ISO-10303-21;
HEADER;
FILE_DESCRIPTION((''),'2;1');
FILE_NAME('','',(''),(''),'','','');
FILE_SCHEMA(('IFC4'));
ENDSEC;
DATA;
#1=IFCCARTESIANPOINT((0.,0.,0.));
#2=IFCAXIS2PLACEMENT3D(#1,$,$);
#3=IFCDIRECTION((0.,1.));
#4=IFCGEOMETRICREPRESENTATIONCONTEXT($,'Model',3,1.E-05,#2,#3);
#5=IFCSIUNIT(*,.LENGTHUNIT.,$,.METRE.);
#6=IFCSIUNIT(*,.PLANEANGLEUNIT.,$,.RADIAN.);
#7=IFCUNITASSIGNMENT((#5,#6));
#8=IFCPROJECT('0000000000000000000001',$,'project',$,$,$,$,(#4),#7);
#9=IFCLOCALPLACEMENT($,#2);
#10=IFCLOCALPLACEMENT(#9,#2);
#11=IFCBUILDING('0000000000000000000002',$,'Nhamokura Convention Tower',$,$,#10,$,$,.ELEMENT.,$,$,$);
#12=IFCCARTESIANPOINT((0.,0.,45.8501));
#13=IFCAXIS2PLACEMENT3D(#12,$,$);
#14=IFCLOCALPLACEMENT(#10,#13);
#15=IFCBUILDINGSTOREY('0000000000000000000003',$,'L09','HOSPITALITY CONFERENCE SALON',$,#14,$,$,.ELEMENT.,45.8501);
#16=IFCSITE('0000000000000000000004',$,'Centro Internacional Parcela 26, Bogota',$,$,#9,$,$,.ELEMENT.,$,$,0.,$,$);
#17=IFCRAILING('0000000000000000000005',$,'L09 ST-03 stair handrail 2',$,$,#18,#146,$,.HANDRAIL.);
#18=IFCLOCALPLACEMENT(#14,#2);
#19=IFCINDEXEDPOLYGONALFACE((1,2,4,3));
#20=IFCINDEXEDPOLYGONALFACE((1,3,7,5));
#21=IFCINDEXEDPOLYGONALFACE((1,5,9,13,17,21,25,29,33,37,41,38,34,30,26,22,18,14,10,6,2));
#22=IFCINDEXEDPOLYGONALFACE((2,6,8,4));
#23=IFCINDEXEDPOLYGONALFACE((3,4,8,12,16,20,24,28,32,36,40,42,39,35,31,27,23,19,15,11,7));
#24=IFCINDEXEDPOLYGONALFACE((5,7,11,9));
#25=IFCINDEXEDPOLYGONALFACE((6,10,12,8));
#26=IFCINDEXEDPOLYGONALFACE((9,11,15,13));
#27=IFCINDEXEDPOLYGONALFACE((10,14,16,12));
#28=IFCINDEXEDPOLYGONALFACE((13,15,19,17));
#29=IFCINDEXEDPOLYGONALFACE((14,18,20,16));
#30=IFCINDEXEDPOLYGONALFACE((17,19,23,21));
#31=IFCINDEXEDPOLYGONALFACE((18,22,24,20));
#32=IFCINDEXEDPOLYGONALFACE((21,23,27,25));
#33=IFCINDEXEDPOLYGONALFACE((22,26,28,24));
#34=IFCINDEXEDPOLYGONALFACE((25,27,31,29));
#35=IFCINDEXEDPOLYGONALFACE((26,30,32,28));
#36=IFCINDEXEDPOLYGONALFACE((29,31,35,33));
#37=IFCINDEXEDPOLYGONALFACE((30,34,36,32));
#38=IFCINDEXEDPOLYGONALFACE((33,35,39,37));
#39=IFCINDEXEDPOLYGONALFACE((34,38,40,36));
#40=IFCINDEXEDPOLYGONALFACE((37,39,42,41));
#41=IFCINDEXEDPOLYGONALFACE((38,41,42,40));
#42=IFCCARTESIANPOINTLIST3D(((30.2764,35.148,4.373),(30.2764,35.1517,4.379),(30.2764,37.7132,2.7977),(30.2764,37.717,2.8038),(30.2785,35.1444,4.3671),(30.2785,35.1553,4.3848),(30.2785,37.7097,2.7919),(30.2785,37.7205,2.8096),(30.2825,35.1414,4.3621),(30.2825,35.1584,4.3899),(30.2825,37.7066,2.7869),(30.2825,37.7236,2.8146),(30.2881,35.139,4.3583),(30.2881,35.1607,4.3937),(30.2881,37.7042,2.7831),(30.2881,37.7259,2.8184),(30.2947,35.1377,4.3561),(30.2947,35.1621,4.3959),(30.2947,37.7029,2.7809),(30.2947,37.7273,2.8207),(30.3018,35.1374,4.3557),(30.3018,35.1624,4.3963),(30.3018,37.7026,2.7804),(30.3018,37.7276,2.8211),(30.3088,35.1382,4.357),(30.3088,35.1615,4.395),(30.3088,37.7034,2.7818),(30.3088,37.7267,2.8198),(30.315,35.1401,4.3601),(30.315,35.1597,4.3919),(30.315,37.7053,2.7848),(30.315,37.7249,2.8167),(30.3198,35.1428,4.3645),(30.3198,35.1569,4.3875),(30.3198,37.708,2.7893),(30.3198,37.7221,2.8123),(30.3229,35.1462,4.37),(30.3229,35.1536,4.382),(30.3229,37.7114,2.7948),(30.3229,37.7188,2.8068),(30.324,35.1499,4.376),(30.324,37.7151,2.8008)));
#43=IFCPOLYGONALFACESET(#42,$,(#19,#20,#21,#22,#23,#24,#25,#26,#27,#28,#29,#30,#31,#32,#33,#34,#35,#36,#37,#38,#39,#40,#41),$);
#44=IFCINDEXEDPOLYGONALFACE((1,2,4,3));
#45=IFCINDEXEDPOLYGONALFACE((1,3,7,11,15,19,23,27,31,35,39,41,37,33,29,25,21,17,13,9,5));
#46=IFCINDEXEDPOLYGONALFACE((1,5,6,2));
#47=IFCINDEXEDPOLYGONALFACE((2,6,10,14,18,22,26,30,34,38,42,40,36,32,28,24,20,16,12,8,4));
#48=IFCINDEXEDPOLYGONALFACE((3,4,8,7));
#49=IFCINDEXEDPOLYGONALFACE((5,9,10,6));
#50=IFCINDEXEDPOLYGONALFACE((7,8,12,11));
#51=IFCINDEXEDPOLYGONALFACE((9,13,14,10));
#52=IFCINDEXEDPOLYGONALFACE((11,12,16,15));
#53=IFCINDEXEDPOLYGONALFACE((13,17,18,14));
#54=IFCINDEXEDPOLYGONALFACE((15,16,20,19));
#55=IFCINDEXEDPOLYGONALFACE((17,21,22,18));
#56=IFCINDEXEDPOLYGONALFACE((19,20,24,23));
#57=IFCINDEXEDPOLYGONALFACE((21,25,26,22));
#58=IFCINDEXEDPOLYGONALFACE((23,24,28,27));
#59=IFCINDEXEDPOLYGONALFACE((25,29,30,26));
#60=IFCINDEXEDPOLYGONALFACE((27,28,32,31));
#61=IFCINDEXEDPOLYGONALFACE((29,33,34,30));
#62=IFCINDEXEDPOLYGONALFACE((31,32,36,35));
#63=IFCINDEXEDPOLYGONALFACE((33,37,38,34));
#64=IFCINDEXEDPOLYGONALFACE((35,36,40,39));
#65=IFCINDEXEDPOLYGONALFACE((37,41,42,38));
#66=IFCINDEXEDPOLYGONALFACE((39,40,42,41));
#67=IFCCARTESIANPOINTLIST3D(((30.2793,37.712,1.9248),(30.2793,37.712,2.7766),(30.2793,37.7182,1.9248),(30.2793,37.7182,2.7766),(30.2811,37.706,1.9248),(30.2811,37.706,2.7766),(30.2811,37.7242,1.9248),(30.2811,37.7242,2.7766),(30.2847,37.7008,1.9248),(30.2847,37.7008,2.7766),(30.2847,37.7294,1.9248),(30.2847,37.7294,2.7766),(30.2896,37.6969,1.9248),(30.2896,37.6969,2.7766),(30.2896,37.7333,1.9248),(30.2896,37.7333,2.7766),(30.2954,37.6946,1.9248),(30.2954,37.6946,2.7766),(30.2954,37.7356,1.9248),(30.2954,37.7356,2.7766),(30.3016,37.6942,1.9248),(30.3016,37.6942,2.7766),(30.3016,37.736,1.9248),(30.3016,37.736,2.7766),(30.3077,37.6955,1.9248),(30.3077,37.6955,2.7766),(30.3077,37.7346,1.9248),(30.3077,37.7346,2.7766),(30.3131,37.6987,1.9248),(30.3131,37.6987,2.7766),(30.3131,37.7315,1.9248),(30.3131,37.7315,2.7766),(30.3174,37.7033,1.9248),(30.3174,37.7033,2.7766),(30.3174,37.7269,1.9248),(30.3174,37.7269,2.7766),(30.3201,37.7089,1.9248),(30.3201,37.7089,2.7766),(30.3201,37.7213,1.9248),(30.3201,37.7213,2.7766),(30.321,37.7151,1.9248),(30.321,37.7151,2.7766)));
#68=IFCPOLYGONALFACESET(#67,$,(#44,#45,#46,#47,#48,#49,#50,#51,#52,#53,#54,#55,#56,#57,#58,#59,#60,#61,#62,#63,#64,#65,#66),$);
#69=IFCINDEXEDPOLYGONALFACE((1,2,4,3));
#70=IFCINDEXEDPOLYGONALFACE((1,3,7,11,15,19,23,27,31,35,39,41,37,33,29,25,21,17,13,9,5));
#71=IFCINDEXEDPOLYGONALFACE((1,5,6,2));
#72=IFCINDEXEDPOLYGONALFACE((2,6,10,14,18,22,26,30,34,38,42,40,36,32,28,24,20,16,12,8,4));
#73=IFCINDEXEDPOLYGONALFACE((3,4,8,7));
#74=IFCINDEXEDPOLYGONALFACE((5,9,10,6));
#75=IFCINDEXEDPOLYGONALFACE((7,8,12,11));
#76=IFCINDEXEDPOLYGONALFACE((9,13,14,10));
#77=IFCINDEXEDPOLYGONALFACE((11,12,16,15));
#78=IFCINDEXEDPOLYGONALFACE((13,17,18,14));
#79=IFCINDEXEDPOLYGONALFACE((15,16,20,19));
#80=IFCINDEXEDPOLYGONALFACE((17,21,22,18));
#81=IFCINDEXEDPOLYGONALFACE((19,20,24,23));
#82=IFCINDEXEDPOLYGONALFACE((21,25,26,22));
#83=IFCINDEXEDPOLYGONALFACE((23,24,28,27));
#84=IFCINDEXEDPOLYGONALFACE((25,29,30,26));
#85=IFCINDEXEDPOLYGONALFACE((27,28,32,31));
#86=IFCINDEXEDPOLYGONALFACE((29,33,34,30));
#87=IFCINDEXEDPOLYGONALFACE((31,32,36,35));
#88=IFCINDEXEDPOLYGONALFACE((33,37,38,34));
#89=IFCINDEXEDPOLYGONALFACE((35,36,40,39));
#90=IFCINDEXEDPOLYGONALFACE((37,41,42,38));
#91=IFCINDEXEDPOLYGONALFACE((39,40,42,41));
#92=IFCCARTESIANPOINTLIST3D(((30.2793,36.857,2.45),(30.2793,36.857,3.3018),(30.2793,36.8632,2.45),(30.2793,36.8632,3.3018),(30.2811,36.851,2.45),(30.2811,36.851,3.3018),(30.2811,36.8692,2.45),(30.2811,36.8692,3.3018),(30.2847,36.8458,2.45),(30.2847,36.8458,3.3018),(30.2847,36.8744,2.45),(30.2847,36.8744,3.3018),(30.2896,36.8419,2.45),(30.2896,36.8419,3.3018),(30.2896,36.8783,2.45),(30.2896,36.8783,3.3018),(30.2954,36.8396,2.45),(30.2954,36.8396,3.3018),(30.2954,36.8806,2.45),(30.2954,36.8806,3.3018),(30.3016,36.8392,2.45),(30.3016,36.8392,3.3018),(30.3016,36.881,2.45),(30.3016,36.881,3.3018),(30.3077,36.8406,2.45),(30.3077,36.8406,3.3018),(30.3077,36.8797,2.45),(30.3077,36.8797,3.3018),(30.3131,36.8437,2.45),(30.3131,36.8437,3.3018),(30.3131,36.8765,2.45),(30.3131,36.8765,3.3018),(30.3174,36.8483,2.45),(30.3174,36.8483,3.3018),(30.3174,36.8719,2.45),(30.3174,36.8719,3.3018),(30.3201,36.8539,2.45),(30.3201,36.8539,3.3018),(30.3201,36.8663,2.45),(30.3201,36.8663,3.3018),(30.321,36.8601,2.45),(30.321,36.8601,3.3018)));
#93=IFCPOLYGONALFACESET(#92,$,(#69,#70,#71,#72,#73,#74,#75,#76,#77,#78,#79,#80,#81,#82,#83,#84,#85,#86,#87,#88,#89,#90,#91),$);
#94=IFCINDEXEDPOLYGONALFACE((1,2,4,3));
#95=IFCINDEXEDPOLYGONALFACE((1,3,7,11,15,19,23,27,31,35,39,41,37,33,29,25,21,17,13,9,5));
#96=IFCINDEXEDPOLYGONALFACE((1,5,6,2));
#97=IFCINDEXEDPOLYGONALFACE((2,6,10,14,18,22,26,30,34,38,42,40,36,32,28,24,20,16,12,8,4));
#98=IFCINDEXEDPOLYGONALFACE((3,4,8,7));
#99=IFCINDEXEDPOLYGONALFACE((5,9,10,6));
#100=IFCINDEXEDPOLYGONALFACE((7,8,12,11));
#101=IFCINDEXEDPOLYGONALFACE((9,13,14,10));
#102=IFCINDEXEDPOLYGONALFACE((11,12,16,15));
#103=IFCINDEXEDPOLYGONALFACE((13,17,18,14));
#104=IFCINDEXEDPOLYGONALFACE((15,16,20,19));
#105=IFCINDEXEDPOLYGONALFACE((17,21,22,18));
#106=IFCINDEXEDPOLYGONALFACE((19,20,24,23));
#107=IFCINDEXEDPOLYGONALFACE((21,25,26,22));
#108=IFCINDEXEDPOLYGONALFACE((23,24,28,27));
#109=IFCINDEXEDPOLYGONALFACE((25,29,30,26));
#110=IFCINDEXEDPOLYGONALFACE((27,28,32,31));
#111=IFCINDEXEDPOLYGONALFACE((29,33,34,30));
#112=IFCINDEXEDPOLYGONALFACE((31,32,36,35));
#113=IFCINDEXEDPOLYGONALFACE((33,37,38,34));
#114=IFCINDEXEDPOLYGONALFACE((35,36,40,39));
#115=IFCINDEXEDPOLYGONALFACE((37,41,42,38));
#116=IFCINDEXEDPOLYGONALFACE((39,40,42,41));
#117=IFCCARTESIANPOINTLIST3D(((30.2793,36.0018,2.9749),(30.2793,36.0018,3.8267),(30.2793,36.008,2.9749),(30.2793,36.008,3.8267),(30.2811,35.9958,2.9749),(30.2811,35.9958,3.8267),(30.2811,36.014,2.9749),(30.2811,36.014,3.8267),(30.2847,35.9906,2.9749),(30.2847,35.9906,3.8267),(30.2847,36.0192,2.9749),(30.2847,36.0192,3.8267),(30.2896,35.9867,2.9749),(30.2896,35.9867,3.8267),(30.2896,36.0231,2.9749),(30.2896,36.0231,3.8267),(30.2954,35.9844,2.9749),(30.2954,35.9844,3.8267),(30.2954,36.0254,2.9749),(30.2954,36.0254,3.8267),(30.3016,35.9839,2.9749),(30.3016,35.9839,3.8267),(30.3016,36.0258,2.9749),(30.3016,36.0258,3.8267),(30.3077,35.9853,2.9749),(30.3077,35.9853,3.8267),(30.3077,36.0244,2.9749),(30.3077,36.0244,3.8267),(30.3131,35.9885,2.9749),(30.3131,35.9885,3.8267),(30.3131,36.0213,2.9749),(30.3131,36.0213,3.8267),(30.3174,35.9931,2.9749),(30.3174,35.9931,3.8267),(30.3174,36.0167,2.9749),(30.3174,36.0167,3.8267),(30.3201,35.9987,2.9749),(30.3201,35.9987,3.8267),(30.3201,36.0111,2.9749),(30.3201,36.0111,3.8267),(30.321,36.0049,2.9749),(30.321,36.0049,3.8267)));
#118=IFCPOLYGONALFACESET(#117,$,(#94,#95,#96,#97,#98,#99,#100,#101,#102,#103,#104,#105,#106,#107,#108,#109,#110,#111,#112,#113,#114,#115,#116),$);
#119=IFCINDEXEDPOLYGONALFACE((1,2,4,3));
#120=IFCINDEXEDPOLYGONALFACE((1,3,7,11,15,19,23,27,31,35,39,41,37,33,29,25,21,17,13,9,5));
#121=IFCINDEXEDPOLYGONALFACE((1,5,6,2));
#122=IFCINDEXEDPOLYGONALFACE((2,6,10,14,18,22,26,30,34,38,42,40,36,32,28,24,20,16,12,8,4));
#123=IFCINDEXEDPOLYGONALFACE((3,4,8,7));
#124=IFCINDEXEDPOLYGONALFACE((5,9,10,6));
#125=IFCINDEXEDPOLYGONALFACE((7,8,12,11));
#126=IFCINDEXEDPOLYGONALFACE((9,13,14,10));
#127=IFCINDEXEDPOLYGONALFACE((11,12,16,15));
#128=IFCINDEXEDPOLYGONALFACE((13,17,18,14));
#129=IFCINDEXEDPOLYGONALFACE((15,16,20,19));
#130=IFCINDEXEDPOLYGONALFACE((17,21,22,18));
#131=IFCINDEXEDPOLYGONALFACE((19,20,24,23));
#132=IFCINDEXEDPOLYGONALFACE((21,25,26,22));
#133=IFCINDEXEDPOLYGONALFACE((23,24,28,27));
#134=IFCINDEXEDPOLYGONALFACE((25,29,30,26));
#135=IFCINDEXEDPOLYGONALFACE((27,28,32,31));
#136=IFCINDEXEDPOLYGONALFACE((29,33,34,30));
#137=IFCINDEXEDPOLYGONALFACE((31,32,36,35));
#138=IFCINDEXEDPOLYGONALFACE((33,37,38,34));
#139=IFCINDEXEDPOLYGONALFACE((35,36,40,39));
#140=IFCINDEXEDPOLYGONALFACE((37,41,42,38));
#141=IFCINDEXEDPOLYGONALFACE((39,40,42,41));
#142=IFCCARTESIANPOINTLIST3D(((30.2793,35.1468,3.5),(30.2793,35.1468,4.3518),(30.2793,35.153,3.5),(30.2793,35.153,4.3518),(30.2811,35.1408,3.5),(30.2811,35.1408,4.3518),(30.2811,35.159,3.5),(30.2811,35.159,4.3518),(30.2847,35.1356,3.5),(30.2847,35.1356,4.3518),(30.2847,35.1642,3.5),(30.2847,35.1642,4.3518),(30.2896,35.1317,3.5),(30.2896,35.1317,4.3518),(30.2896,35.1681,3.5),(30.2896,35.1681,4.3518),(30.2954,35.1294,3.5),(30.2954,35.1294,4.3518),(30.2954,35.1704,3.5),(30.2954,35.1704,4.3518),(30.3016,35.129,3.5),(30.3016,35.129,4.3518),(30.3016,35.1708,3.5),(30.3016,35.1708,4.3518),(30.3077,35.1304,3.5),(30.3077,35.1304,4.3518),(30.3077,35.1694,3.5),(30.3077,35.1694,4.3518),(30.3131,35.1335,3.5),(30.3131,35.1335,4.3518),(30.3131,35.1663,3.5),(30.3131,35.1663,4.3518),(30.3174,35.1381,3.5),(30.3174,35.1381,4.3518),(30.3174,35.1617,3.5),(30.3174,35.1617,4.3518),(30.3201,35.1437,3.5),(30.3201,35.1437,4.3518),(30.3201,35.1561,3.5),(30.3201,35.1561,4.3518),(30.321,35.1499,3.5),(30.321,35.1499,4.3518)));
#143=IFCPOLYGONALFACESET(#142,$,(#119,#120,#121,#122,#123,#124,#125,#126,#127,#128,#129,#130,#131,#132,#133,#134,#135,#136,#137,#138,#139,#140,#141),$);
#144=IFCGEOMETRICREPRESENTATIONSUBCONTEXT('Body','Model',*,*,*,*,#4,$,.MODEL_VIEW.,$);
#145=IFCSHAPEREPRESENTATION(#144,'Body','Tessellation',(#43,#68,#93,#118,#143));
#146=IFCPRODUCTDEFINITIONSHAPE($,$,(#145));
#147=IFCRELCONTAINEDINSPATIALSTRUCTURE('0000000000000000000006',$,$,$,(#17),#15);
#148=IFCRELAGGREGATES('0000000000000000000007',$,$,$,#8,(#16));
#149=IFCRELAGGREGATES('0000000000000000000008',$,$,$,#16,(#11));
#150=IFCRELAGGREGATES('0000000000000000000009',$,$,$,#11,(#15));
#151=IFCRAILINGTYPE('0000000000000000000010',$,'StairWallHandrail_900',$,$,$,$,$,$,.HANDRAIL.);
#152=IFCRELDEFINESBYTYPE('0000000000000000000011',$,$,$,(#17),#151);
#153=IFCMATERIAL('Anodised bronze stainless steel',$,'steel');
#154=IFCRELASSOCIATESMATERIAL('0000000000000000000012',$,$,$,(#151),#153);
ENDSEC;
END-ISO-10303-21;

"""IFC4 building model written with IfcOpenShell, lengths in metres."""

from ifc_helpers import new_model, si_unit, direction, frame, origin, origin_2d, place, context, subcontext, project, spatial, circle, extrude, material, type_object, element, save


model = new_model("IFC4")

# Units and contexts
model_context = context("Model", 3, precision=1e-05, world=origin(), true_north=direction((0.0, 1.0)))
body_context = subcontext(model_context, "Body", "Model", "MODEL_VIEW")
ifc_project = project(units=[si_unit("LENGTHUNIT", "METRE"), si_unit("PLANEANGLEUNIT", "RADIAN")], contexts=[model_context])

# Site, building, storey
site_placement = place(None, origin())
site = spatial("IfcSite", under=ifc_project, at=site_placement, Name="Centro Internacional Parcela 26, Bogota", CompositionType="ELEMENT", RefElevation=0.0)
building_placement = place(site_placement, origin())
building = spatial("IfcBuilding", under=site, at=building_placement, Name="Nhamokura Convention Tower", CompositionType="ELEMENT")
storey_placement = place(building_placement, frame((0.0, 0.0, 45.8501)))
storey = spatial("IfcBuildingStorey", under=building, at=storey_placement, Name="L09", Description="HOSPITALITY CONFERENCE SALON", CompositionType="ELEMENT", Elevation=45.8501)

# Railing
ifc_material_1 = material(Name="Anodised bronze stainless steel", Category="steel")
railing_type_1 = type_object("IfcRailingType", Name="StairWallHandrail_900", PredefinedType="HANDRAIL", material=ifc_material_1)
railing_1_placement = place(storey_placement, frame((30.3, 37.7151, 1.9248)))
element("IfcRailing", 1, at=railing_1_placement, inside=storey, type_object=railing_type_1, Name="L09 ST-03 stair handrail 2", PredefinedType="HANDRAIL", context=body_context, shape_type="SweptSolid", body=[
    extrude(circle(Radius=0.0239, at=origin_2d()), frame((0.0, 0.0, 0.876), z_axis=(0.0, -0.852159, 0.523283), x_axis=(1.0, 0.0, 0.0)), (0.0, 0.0, 1.0), 3.0103),
    extrude(circle(Radius=0.021, at=origin_2d()), origin(), (0.0, 0.0, 1.0), 0.8518),
    extrude(circle(Radius=0.021, at=origin_2d()), frame((0.0, -0.855, 0.5251)), (0.0, 0.0, 1.0), 0.8518),
    extrude(circle(Radius=0.021, at=origin_2d()), frame((0.0, -1.7102, 1.05)), (0.0, 0.0, 1.0), 0.8518),
    extrude(circle(Radius=0.021, at=origin_2d()), frame((0.0, -2.5652, 1.5752)), (0.0, 0.0, 1.0), 0.8518),
])

save(model, "model.ifc")
